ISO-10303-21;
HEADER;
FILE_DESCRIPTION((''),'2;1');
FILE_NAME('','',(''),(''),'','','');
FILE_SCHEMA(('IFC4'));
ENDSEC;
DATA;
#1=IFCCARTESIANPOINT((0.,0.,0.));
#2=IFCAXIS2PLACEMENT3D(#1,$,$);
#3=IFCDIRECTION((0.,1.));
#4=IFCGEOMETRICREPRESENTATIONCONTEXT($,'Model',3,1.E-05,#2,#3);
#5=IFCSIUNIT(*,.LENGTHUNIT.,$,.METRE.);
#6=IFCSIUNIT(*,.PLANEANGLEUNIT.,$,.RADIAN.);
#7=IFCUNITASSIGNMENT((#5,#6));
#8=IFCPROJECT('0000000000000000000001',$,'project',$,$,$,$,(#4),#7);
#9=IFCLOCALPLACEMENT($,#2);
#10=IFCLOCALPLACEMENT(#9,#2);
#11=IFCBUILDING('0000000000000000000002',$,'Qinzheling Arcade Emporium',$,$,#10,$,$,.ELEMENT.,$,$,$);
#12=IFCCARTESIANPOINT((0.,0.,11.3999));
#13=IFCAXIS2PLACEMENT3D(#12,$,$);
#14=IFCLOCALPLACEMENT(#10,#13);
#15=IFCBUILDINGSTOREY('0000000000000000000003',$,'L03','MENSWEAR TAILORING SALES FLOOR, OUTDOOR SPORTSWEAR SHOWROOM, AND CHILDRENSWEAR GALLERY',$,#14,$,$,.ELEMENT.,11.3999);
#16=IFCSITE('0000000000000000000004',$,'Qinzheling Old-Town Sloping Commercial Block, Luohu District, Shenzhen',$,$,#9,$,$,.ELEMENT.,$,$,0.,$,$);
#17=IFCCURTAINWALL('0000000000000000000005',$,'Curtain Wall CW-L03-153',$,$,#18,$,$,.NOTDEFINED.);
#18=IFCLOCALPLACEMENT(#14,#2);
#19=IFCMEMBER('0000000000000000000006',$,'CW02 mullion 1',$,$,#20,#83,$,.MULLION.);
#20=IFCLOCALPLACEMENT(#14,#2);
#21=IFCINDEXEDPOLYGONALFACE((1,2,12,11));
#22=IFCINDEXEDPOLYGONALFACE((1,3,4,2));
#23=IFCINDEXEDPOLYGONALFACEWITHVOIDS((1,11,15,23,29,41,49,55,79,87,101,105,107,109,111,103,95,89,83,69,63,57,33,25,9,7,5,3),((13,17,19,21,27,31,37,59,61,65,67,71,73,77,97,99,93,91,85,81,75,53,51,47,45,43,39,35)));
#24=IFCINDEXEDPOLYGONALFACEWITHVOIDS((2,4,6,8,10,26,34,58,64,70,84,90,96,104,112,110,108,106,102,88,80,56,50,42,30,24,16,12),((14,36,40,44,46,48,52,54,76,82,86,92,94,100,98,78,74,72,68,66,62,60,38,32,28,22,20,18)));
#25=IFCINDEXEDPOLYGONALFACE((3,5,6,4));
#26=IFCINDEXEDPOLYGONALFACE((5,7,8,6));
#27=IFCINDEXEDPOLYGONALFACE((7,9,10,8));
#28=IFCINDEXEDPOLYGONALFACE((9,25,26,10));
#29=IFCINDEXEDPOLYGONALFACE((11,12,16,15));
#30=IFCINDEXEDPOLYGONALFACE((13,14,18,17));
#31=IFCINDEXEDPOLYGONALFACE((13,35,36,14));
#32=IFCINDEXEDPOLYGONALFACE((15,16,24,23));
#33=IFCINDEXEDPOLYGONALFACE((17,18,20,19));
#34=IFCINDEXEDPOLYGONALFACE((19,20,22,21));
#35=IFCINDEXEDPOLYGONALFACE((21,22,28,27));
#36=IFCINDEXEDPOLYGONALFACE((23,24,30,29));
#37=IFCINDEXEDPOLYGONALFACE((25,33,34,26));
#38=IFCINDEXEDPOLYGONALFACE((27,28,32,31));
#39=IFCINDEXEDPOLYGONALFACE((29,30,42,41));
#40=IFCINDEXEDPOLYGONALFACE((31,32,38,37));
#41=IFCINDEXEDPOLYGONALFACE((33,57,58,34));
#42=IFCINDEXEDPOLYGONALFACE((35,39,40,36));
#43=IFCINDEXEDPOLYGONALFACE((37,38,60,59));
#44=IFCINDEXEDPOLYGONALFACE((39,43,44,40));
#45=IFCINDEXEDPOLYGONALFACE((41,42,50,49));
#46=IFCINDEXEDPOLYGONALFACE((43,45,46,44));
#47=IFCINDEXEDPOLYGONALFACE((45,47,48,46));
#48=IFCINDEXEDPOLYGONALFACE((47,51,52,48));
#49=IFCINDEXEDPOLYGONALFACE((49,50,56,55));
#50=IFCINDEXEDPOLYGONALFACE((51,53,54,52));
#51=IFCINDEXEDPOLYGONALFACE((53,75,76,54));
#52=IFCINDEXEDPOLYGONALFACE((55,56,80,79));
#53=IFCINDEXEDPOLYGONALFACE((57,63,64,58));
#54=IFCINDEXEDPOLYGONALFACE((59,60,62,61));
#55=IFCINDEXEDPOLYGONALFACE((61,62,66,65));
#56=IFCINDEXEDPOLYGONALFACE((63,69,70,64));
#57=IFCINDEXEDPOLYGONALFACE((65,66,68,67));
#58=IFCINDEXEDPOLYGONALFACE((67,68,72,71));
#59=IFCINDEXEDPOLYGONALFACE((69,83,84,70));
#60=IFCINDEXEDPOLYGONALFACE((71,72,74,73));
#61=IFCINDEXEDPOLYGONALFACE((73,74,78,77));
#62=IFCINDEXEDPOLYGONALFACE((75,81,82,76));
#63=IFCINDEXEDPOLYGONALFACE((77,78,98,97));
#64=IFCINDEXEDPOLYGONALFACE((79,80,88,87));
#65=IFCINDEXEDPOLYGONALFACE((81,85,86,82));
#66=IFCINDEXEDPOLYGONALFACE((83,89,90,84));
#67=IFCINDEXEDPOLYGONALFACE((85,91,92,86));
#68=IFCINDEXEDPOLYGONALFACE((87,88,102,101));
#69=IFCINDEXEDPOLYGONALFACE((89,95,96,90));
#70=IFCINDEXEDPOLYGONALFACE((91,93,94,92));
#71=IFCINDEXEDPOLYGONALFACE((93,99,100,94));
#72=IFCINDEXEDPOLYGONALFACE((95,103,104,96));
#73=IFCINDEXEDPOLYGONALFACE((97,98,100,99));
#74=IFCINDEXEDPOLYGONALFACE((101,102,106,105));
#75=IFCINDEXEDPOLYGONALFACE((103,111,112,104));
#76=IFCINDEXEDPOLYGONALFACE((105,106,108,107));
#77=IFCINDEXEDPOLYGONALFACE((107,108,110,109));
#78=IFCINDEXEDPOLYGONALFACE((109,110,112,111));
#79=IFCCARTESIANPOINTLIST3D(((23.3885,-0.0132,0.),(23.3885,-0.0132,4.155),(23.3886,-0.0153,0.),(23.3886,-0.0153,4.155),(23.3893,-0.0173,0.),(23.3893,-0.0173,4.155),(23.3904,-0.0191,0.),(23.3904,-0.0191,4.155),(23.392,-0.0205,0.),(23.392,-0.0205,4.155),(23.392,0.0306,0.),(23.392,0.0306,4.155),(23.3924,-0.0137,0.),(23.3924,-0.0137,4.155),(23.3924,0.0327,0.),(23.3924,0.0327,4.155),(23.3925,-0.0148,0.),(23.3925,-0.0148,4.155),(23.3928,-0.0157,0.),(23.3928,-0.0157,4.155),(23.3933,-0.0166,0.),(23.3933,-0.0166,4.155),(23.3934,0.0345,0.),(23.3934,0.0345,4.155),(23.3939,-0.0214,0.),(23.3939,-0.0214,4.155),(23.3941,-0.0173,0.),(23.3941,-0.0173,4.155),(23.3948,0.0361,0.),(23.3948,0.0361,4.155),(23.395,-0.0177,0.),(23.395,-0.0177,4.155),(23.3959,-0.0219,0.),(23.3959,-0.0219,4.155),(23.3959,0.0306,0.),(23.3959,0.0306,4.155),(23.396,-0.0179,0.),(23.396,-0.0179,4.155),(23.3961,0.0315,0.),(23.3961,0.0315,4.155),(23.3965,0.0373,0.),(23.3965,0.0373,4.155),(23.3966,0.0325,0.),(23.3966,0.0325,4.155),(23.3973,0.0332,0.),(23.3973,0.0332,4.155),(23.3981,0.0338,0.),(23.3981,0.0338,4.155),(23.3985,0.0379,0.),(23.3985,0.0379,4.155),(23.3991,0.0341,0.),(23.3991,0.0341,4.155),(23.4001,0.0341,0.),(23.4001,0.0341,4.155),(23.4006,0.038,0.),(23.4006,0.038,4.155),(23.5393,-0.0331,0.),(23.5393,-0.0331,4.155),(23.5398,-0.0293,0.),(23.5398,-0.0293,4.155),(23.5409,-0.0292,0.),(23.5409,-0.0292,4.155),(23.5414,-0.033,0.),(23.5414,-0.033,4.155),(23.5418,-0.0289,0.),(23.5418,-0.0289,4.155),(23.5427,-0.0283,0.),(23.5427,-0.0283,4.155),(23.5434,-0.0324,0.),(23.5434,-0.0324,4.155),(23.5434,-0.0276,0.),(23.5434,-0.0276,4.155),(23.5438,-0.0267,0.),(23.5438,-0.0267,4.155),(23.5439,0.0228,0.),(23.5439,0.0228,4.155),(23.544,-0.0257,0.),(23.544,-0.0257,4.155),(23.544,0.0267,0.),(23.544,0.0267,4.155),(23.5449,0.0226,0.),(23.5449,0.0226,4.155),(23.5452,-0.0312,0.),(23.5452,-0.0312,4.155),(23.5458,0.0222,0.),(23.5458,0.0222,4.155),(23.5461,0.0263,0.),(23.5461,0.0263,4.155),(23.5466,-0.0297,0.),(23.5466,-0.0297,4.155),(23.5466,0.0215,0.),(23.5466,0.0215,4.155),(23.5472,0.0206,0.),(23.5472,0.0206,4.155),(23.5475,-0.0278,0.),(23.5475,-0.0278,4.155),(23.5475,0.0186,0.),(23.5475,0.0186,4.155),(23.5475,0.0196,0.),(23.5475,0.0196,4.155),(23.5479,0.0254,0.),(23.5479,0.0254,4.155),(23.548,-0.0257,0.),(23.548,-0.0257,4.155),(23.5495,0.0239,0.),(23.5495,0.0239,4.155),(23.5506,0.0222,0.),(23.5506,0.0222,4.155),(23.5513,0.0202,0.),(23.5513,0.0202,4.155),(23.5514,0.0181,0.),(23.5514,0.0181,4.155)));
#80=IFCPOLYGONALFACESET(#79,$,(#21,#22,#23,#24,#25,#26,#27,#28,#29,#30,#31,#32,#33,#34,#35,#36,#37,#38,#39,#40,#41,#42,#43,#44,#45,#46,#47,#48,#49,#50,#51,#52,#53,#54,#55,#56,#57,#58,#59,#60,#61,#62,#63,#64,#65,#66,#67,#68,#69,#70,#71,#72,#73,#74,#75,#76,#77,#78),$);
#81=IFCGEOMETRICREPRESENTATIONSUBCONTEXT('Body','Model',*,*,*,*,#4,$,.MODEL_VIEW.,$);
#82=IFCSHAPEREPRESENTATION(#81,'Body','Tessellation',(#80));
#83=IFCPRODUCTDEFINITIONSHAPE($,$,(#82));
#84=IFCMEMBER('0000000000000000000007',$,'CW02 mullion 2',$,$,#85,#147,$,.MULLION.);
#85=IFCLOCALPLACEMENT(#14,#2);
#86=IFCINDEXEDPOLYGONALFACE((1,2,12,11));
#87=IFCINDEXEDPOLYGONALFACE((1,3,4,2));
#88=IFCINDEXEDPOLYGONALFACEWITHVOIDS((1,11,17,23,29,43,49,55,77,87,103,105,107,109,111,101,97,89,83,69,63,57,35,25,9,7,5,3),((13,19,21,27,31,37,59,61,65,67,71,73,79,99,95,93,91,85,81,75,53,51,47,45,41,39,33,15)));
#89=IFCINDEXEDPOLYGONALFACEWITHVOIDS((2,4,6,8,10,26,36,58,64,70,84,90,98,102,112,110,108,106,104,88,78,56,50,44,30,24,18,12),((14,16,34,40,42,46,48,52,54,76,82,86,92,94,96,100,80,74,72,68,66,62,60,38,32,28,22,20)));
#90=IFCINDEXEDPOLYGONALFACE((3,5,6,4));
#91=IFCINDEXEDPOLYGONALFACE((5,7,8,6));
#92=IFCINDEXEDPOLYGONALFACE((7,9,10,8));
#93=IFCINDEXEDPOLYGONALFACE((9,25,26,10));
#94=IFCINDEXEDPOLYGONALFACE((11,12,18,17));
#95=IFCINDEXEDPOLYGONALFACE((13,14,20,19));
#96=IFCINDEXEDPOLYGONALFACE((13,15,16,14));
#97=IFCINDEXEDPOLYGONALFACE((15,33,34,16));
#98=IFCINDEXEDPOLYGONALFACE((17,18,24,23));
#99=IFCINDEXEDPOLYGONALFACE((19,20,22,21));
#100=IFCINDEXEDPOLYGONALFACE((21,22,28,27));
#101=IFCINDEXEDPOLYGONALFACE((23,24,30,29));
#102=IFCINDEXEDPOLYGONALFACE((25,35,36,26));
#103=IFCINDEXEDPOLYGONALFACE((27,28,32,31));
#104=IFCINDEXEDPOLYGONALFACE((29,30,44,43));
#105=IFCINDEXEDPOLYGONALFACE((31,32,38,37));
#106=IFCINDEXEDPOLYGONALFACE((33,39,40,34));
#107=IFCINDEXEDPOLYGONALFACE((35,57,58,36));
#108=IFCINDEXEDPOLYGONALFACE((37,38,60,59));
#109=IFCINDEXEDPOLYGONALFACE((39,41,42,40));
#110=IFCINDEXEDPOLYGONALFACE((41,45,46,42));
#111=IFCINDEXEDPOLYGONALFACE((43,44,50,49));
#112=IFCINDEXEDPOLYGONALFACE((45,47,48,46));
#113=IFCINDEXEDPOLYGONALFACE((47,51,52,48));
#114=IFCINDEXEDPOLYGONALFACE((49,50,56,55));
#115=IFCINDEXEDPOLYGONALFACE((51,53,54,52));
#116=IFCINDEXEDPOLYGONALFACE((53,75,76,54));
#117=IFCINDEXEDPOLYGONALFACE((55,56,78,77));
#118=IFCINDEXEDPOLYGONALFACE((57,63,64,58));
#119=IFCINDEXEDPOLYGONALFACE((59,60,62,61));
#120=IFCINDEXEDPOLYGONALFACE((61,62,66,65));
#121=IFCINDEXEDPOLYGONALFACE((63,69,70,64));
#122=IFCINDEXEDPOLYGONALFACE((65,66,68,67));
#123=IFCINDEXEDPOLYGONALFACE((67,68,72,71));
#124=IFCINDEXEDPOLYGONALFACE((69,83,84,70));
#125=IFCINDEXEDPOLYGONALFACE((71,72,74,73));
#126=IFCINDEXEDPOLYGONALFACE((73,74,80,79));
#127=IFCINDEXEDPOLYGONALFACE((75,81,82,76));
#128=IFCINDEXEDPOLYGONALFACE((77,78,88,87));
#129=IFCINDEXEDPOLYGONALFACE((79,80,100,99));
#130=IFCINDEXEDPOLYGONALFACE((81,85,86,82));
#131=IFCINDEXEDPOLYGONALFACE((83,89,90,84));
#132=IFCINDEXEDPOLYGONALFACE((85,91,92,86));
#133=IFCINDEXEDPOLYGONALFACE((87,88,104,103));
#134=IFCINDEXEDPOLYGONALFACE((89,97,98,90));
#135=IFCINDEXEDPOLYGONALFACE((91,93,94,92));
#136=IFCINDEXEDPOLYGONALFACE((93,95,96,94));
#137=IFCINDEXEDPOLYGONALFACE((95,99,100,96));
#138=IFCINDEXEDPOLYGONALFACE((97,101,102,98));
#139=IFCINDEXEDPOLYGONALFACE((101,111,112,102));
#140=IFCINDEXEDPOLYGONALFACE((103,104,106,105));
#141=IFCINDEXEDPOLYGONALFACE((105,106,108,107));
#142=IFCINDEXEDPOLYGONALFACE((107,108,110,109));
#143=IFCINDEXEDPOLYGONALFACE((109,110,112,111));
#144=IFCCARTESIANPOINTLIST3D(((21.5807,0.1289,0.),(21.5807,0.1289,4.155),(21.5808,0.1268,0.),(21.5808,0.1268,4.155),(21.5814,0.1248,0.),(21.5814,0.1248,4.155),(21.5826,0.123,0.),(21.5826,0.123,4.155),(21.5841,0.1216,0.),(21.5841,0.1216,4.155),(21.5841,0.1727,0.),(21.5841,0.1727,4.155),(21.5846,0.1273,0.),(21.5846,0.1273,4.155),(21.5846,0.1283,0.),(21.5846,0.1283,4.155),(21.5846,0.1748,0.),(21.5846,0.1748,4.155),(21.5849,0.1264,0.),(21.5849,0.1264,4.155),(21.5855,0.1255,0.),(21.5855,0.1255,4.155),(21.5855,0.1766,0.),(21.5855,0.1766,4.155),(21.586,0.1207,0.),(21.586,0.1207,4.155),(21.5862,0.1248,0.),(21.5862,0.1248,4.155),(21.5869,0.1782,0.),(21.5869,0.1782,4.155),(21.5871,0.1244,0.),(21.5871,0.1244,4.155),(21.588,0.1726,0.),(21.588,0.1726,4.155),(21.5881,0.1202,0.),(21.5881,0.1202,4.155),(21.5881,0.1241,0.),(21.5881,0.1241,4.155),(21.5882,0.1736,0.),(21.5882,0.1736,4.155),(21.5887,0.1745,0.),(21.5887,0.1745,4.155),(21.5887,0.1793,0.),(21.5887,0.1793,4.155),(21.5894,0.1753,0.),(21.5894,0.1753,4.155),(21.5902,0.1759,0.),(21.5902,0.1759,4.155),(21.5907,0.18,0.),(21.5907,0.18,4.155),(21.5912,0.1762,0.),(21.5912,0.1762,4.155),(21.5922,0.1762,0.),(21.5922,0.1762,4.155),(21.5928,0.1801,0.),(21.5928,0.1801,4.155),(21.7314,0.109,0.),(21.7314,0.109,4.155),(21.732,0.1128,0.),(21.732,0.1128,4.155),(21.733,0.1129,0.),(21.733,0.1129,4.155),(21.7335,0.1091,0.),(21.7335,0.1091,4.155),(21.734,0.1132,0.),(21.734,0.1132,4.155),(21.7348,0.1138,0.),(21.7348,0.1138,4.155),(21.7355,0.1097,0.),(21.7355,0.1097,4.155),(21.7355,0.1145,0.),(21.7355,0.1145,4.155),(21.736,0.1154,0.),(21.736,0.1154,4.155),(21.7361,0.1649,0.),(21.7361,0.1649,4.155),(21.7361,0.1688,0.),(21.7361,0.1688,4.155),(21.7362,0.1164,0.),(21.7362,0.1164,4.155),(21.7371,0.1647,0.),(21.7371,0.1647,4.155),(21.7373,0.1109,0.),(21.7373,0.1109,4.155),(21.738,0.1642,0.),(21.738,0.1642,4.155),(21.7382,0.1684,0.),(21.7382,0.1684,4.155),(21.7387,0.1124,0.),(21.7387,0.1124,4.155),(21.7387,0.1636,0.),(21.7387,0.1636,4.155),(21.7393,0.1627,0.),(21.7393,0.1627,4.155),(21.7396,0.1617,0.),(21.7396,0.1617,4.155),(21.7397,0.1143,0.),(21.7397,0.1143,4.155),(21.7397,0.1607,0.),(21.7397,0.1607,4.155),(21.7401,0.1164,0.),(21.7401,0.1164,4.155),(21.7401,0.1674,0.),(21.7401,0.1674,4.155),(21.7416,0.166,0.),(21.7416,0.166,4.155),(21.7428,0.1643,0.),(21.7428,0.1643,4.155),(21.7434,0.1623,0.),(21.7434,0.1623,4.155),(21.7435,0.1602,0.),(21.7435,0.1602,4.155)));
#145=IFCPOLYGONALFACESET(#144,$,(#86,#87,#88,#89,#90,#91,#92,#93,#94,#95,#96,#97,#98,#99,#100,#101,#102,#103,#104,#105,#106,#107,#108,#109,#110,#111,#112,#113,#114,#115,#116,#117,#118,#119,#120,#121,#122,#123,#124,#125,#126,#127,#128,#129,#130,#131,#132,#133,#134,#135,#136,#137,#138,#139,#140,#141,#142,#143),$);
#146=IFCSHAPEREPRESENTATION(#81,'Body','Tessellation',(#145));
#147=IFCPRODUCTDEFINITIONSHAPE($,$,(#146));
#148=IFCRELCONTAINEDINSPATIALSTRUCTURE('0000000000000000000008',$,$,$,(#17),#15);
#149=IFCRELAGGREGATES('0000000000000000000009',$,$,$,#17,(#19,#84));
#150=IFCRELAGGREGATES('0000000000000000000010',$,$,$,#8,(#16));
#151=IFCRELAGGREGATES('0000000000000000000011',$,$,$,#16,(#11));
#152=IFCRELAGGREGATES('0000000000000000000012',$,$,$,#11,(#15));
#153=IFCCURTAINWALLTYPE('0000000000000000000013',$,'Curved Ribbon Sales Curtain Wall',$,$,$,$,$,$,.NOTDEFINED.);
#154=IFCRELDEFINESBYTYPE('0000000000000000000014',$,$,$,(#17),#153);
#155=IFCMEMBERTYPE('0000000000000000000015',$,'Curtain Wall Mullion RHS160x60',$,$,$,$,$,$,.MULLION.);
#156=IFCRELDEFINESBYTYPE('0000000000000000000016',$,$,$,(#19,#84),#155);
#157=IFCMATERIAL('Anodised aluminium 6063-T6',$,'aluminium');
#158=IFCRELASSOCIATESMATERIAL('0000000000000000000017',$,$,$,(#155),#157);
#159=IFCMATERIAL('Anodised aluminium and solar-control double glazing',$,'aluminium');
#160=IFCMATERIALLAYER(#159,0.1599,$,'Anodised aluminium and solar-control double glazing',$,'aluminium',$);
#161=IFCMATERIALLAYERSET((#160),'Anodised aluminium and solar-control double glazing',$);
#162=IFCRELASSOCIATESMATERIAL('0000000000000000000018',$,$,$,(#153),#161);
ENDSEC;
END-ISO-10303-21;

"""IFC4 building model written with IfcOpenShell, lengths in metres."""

from ifc_helpers import new_model, si_unit, direction, frame, origin, origin_2d, place, context, subcontext, project, spatial, hollow_rectangle, extrude, material, layer, layer_set, material_profile, profile_set, type_object, element, aggregate, save


model = new_model("IFC4")

# Units and contexts
model_context = context("Model", 3, precision=1e-05, world=origin(), true_north=direction((0.0, 1.0)))
body_context = subcontext(model_context, "Body", "Model", "MODEL_VIEW")
ifc_project = project(units=[si_unit("LENGTHUNIT", "METRE"), si_unit("PLANEANGLEUNIT", "RADIAN")], contexts=[model_context])

# Site, building, storey
site_placement = place(None, origin())
site = spatial("IfcSite", under=ifc_project, at=site_placement, Name="Qinzheling Old-Town Sloping Commercial Block, Luohu District, Shenzhen", CompositionType="ELEMENT", RefElevation=0.0)
building_placement = place(site_placement, origin())
building = spatial("IfcBuilding", under=site, at=building_placement, Name="Qinzheling Arcade Emporium", CompositionType="ELEMENT")
storey_placement = place(building_placement, frame((0.0, 0.0, 11.3999)))
storey = spatial("IfcBuildingStorey", under=building, at=storey_placement, Name="L03", Description="MENSWEAR TAILORING SALES FLOOR, OUTDOOR SPORTSWEAR SHOWROOM, AND CHILDRENSWEAR GALLERY", CompositionType="ELEMENT", Elevation=11.3999)

# Shared definitions
ifc_material_1 = material(Name="Anodised aluminium and solar-control double glazing", Category="aluminium")
ifc_material_2 = material(Name="Anodised aluminium 6063-T6", Category="aluminium")
ifc_material_profile_1 = material_profile(ifc_material_2, hollow_rectangle(XDim=0.0601, YDim=0.1599, WallThickness=0.0039, InnerFilletRadius=0.0039, OuterFilletRadius=0.0081, at=origin_2d()), Name="RHS 160x60x4", Category="aluminium")
ifc_profile_set_1 = profile_set([ifc_material_profile_1], Name="Anodised aluminium 6063-T6")
member_type_1 = type_object("IfcMemberType", Name="Curtain Wall Mullion RHS160x60", PredefinedType="MULLION", material=ifc_profile_set_1)

# Curtain wall, members
ifc_layer_1 = layer(ifc_material_1, 0.1599, Name="Anodised aluminium and solar-control double glazing", Category="aluminium")
ifc_layer_set_1 = layer_set([ifc_layer_1], Name="Anodised aluminium and solar-control double glazing")
curtain_wall_type_1 = type_object("IfcCurtainWallType", Name="Curved Ribbon Sales Curtain Wall", PredefinedType="NOTDEFINED", material=ifc_layer_set_1)
curtain_wall_1_placement = place(storey_placement, origin())
curtain_wall_1 = element("IfcCurtainWall", 1, at=curtain_wall_1_placement, inside=storey, type_object=curtain_wall_type_1, Name="Curtain Wall CW-L03-153", PredefinedType="NOTDEFINED")
member_1_placement = place(storey_placement, frame((23.47, 0.0024, 0.0), z_axis=(0.0, 0.0, 1.0), x_axis=(-0.078376, -0.996924, 0.0)))
member_1 = element("IfcMember", 2, at=member_1_placement, type_object=member_type_1, Name="CW02 mullion 1", PredefinedType="MULLION", context=body_context, shape_type="SweptSolid", body=[
    extrude(hollow_rectangle(XDim=0.0601, YDim=0.1599, WallThickness=0.0039, InnerFilletRadius=0.0039, OuterFilletRadius=0.0081, at=origin_2d()), origin(), (0.0, 0.0, 1.0), 4.155),
])
member_2_placement = place(storey_placement, frame((21.6621, 0.1445, 0.0), z_axis=(0.0, 0.0, 1.0), x_axis=(-0.078376, -0.996924, 0.0)))
member_2 = element("IfcMember", 3, at=member_2_placement, type_object=member_type_1, Name="CW02 mullion 2", PredefinedType="MULLION", context=body_context, shape_type="SweptSolid", body=[
    extrude(hollow_rectangle(XDim=0.0601, YDim=0.1599, WallThickness=0.0039, InnerFilletRadius=0.0039, OuterFilletRadius=0.0081, at=origin_2d()), origin(), (0.0, 0.0, 1.0), 4.155),
])

aggregate(curtain_wall_1, [member_1, member_2])

save(model, "model.ifc")
